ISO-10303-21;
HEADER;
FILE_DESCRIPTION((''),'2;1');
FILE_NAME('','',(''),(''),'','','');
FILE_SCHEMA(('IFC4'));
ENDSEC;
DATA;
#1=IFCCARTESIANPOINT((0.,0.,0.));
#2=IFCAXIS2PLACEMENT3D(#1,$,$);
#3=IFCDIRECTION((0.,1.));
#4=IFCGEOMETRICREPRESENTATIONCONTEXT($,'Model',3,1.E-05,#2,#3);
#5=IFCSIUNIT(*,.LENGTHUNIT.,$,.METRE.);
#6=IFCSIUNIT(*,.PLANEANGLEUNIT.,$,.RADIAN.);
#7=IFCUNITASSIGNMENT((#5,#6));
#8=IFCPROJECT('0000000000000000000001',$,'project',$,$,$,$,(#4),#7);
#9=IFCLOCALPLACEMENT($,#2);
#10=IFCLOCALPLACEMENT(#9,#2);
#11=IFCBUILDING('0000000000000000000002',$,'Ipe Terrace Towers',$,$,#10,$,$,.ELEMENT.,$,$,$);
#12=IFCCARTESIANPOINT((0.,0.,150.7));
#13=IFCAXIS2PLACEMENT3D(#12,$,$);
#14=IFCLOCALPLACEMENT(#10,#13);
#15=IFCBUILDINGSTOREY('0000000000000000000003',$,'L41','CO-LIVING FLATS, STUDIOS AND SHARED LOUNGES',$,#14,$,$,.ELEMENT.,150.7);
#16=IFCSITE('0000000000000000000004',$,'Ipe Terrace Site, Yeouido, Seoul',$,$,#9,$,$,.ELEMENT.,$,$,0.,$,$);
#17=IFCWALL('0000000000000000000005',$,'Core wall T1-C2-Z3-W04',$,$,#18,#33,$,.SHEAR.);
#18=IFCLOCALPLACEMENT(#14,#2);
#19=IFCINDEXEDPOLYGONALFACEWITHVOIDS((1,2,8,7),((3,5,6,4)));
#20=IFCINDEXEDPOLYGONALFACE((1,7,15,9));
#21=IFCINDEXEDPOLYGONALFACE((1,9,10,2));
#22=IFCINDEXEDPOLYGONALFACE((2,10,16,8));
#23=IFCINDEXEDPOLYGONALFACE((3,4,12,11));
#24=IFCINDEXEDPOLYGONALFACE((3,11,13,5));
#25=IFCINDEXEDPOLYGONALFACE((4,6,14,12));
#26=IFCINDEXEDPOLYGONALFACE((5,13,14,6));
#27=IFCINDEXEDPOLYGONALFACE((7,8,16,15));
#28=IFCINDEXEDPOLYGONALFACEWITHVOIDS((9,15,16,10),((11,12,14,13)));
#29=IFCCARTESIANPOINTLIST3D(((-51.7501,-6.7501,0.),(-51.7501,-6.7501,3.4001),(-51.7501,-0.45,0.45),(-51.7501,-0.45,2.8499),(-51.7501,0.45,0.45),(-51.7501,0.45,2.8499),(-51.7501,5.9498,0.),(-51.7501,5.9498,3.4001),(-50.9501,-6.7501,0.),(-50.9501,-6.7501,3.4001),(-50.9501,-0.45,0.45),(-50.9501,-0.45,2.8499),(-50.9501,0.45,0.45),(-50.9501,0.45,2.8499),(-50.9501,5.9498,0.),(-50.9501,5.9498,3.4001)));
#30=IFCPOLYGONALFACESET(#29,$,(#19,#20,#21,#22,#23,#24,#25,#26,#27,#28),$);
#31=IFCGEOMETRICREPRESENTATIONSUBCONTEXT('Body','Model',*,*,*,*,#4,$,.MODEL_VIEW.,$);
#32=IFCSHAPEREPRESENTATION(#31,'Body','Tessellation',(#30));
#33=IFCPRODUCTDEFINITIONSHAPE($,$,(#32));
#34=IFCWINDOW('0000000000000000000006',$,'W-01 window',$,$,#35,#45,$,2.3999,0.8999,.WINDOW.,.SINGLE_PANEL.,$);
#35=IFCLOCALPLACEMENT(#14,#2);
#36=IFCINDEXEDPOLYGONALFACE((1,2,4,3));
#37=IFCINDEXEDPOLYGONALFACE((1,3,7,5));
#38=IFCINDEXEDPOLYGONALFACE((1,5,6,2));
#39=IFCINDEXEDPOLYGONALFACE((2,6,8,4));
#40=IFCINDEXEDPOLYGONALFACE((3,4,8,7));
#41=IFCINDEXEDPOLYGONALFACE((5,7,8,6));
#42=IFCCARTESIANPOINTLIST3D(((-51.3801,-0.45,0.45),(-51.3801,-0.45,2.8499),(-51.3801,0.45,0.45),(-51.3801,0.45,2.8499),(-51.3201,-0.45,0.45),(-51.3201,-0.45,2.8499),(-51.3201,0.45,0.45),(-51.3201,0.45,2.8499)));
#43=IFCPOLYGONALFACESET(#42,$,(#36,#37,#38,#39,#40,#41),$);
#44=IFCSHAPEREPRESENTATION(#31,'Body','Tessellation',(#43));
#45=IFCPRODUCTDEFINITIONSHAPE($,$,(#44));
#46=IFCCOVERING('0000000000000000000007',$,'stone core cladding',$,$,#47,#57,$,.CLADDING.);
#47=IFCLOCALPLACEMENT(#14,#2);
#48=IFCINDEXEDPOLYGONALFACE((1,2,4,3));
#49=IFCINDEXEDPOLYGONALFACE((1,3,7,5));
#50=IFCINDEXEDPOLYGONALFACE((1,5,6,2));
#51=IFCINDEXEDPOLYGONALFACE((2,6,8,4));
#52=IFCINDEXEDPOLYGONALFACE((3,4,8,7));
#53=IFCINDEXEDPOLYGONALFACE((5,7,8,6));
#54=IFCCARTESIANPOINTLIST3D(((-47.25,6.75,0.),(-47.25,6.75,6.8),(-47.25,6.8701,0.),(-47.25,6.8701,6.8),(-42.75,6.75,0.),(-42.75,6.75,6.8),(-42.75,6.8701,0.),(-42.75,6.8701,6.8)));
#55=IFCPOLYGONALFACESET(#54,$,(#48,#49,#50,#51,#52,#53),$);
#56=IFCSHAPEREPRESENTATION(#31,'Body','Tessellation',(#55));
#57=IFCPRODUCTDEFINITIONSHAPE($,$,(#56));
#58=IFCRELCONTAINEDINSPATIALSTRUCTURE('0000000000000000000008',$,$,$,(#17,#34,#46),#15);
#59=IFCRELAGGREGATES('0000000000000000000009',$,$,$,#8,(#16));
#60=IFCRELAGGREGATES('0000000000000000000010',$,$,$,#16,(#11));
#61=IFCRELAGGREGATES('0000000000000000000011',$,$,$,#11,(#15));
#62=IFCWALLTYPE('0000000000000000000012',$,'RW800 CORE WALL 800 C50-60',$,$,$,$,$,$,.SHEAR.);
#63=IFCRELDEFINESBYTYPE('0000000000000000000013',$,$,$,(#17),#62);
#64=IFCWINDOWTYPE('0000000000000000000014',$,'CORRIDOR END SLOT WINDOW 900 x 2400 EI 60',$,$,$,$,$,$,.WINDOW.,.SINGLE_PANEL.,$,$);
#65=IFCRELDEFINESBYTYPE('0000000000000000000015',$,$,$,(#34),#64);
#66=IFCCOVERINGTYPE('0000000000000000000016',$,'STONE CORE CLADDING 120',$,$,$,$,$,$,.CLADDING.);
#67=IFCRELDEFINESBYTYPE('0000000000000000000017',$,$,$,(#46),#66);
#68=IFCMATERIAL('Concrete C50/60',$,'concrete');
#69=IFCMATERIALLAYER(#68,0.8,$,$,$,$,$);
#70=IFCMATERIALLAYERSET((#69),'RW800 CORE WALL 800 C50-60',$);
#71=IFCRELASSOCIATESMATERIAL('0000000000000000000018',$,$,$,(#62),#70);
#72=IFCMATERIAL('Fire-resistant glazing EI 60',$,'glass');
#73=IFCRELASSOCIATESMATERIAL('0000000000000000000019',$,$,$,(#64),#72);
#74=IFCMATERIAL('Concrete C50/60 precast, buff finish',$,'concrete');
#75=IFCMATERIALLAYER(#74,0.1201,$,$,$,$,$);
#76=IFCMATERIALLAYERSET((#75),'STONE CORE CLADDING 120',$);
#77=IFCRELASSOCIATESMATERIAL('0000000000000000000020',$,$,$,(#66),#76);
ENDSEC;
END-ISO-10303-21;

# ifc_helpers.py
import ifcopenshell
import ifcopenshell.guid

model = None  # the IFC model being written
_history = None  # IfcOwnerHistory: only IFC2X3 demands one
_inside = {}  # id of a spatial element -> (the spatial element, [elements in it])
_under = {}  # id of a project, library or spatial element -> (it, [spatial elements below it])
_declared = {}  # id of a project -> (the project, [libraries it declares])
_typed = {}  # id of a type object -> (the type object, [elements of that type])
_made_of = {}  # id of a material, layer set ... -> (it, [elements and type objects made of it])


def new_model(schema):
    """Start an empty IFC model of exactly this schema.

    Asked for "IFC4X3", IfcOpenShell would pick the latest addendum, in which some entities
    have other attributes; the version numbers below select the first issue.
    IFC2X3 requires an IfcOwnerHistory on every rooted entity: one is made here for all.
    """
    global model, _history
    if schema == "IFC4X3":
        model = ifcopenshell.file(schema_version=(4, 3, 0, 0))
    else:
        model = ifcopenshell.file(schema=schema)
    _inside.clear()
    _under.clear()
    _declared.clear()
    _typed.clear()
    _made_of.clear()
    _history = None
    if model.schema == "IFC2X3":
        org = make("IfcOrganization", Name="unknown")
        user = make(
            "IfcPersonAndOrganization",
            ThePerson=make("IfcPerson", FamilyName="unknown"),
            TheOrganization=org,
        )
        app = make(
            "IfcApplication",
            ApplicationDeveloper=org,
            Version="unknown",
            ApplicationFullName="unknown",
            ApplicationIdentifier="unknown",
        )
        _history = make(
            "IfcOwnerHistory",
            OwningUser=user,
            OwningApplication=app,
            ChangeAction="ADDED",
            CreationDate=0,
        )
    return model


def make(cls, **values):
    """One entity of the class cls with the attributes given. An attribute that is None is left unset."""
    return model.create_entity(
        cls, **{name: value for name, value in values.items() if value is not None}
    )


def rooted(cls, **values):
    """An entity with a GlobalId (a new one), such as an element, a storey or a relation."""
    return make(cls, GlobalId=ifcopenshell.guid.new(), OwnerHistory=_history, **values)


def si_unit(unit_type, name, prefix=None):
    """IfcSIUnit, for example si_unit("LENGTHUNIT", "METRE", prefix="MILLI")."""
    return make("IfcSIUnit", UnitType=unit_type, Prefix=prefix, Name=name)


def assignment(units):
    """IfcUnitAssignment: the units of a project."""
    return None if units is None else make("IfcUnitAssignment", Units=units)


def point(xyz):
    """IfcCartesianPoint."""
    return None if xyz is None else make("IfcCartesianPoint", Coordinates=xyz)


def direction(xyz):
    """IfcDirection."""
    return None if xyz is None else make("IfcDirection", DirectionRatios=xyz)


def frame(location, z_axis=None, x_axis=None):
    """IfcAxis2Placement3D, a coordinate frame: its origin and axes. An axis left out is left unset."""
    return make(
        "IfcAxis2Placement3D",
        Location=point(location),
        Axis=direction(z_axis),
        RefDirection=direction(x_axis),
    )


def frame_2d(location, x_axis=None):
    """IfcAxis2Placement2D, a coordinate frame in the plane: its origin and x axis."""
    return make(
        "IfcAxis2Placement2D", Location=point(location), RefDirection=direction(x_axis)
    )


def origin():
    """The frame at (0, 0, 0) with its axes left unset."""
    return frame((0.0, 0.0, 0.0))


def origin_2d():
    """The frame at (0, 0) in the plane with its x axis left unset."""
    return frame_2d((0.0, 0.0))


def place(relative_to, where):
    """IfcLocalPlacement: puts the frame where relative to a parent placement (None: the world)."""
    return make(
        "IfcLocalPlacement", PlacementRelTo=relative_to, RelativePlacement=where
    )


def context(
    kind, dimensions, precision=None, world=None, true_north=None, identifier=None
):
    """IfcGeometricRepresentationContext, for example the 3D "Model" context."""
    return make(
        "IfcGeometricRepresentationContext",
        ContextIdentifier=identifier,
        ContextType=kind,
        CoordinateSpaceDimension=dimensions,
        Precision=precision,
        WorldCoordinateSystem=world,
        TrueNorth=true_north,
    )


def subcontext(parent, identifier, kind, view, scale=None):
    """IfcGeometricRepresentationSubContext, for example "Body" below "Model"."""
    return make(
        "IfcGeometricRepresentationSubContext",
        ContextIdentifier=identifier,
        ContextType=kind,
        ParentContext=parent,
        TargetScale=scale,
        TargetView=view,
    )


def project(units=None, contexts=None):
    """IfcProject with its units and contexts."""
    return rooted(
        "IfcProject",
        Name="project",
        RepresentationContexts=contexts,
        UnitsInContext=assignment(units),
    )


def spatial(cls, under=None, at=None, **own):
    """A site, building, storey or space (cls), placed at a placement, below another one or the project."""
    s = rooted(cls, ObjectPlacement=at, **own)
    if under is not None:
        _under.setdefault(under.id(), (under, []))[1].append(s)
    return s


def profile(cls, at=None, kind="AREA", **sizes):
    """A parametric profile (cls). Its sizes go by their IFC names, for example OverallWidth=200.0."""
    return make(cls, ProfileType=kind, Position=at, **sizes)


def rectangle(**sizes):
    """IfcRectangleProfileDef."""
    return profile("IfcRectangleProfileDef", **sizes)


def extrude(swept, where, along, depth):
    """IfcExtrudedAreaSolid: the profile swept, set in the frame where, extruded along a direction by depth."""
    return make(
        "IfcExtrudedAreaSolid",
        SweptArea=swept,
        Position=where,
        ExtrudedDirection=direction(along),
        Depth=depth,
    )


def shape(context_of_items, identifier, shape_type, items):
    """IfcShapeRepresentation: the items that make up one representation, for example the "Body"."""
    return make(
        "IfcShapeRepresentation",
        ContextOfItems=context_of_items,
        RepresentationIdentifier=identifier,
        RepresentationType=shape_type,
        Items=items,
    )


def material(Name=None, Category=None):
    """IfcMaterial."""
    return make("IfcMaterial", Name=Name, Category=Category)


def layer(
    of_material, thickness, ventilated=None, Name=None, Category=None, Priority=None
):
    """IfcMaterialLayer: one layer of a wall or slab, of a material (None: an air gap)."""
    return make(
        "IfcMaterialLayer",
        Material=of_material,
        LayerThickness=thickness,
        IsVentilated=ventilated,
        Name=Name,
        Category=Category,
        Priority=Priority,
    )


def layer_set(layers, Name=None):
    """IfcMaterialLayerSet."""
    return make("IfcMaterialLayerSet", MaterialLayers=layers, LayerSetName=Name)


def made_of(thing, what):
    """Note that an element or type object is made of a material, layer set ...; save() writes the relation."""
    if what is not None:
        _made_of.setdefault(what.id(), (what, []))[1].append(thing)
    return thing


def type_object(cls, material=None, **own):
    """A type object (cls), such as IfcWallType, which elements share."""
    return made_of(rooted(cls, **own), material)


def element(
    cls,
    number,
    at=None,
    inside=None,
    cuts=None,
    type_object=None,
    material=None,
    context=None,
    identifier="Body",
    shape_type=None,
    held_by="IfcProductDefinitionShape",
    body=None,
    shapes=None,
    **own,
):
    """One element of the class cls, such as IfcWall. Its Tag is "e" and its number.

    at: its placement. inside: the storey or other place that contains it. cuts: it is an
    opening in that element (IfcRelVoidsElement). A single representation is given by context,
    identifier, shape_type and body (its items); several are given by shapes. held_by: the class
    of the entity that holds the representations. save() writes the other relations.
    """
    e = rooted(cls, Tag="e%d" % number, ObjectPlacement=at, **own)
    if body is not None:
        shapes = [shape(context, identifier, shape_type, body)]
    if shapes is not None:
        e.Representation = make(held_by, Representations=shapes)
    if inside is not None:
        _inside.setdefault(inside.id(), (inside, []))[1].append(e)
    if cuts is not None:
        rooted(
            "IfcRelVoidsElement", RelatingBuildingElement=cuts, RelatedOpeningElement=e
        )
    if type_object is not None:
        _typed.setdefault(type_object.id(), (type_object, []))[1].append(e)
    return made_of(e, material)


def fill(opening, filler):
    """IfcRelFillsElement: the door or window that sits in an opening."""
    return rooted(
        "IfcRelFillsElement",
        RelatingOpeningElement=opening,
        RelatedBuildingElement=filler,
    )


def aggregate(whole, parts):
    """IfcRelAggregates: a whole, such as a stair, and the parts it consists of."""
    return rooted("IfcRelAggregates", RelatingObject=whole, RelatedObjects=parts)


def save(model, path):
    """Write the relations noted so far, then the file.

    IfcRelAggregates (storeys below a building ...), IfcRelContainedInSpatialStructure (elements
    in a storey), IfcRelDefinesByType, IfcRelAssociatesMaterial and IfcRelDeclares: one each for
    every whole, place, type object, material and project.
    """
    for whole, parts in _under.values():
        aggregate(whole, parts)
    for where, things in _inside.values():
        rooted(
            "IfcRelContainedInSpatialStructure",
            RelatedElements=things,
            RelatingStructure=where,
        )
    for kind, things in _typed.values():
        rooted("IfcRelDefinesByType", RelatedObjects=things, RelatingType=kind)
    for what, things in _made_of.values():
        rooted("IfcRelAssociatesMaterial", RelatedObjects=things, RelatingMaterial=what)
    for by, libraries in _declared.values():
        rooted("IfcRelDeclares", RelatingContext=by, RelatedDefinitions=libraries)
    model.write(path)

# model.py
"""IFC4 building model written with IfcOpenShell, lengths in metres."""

from ifc_helpers import new_model, si_unit, direction, frame, frame_2d, origin, origin_2d, place, context, subcontext, project, spatial, rectangle, extrude, material, layer, layer_set, type_object, element, fill, save


model = new_model("IFC4")

# Units and contexts
model_context = context("Model", 3, precision=1e-05, world=origin(), true_north=direction((0.0, 1.0)))
body_context = subcontext(model_context, "Body", "Model", "MODEL_VIEW")
ifc_project = project(units=[si_unit("LENGTHUNIT", "METRE"), si_unit("PLANEANGLEUNIT", "RADIAN")], contexts=[model_context])

# Site, building, storey
site_placement = place(None, origin())
site = spatial("IfcSite", under=ifc_project, at=site_placement, Name="Ipe Terrace Site, Yeouido, Seoul", CompositionType="ELEMENT", RefElevation=0.0)
building_placement = place(site_placement, origin())
building = spatial("IfcBuilding", under=site, at=building_placement, Name="Ipe Terrace Towers", CompositionType="ELEMENT")
storey_placement = place(building_placement, frame((0.0, 0.0, 150.7)))
storey = spatial("IfcBuildingStorey", under=building, at=storey_placement, Name="L41", Description="CO-LIVING FLATS, STUDIOS AND SHARED LOUNGES", CompositionType="ELEMENT", Elevation=150.7)

# Shared definitions
ifc_material_1 = material(Name="Concrete C50/60", Category="concrete")
ifc_layer_1 = layer(ifc_material_1, 0.8)
ifc_layer_set_1 = layer_set([ifc_layer_1], Name="RW800 CORE WALL 800 C50-60")
wall_type_1 = type_object("IfcWallType", Name="RW800 CORE WALL 800 C50-60", PredefinedType="SHEAR", material=ifc_layer_set_1)

# Wall, opening, window
wall_1_placement = place(storey_placement, frame((-51.3501, 5.95, 0.0), z_axis=(0.0, 0.0, 1.0), x_axis=(0.0, -1.0, 0.0)))
wall_1 = element("IfcWall", 1, at=wall_1_placement, inside=storey, type_object=wall_type_1, Name="Core wall T1-C2-Z3-W04", PredefinedType="SHEAR", context=body_context, shape_type="SweptSolid", body=[
    extrude(rectangle(XDim=12.7, YDim=0.8, at=frame_2d((6.3501, 0.0))), origin(), (0.0, 0.0, 1.0), 3.4001),
])
opening_1_placement = place(wall_1_placement, frame((5.5, 0.0, 0.45)))
opening_1 = element("IfcOpeningElement", 2, at=opening_1_placement, cuts=wall_1, PredefinedType="OPENING", context=body_context, shape_type="SweptSolid", body=[
    extrude(rectangle(XDim=0.8999, YDim=2.3999, at=frame_2d((0.45, 1.2))), frame((0.0, 0.4102, 0.0), z_axis=(0.0, -1.0, 0.0), x_axis=(1.0, 0.0, 0.0)), (0.0, 0.0, 1.0), 0.8201),
])
ifc_material_2 = material(Name="Fire-resistant glazing EI 60", Category="glass")
window_type = type_object("IfcWindowType", Name="CORRIDOR END SLOT WINDOW 900 x 2400 EI 60", PartitioningType="SINGLE_PANEL", PredefinedType="WINDOW", material=ifc_material_2)
window_placement = place(opening_1_placement, origin())
window = element("IfcWindow", 3, at=window_placement, inside=storey, type_object=window_type, Name="W-01 window", OverallHeight=2.3999, OverallWidth=0.8999, PartitioningType="SINGLE_PANEL", PredefinedType="WINDOW", context=body_context, shape_type="SweptSolid", body=[
    extrude(rectangle(XDim=0.8999, YDim=2.3999, at=frame_2d((0.45, 1.2))), frame((0.0, 0.03, 0.0), z_axis=(0.0, -1.0, 0.0), x_axis=(1.0, 0.0, 0.0)), (0.0, 0.0, 1.0), 0.0601),
])
fill(opening_1, window)

# Covering
ifc_material_3 = material(Name="Concrete C50/60 precast, buff finish", Category="concrete")
ifc_layer_2 = layer(ifc_material_3, 0.1201)
ifc_layer_set_2 = layer_set([ifc_layer_2], Name="STONE CORE CLADDING 120")
covering_type = type_object("IfcCoveringType", Name="STONE CORE CLADDING 120", PredefinedType="CLADDING", material=ifc_layer_set_2)
covering_placement = place(storey_placement, frame((-45.0, 6.8101, 0.0), z_axis=(0.0, 0.0, 1.0), x_axis=(-1.0, 0.0, 0.0)))
element("IfcCovering", 4, at=covering_placement, inside=storey, type_object=covering_type, Name="stone core cladding", PredefinedType="CLADDING", context=body_context, shape_type="SweptSolid", body=[
    extrude(rectangle(XDim=4.5, YDim=0.1201, at=origin_2d()), origin(), (0.0, 0.0, 1.0), 6.8),
])

save(model, "model.ifc")
